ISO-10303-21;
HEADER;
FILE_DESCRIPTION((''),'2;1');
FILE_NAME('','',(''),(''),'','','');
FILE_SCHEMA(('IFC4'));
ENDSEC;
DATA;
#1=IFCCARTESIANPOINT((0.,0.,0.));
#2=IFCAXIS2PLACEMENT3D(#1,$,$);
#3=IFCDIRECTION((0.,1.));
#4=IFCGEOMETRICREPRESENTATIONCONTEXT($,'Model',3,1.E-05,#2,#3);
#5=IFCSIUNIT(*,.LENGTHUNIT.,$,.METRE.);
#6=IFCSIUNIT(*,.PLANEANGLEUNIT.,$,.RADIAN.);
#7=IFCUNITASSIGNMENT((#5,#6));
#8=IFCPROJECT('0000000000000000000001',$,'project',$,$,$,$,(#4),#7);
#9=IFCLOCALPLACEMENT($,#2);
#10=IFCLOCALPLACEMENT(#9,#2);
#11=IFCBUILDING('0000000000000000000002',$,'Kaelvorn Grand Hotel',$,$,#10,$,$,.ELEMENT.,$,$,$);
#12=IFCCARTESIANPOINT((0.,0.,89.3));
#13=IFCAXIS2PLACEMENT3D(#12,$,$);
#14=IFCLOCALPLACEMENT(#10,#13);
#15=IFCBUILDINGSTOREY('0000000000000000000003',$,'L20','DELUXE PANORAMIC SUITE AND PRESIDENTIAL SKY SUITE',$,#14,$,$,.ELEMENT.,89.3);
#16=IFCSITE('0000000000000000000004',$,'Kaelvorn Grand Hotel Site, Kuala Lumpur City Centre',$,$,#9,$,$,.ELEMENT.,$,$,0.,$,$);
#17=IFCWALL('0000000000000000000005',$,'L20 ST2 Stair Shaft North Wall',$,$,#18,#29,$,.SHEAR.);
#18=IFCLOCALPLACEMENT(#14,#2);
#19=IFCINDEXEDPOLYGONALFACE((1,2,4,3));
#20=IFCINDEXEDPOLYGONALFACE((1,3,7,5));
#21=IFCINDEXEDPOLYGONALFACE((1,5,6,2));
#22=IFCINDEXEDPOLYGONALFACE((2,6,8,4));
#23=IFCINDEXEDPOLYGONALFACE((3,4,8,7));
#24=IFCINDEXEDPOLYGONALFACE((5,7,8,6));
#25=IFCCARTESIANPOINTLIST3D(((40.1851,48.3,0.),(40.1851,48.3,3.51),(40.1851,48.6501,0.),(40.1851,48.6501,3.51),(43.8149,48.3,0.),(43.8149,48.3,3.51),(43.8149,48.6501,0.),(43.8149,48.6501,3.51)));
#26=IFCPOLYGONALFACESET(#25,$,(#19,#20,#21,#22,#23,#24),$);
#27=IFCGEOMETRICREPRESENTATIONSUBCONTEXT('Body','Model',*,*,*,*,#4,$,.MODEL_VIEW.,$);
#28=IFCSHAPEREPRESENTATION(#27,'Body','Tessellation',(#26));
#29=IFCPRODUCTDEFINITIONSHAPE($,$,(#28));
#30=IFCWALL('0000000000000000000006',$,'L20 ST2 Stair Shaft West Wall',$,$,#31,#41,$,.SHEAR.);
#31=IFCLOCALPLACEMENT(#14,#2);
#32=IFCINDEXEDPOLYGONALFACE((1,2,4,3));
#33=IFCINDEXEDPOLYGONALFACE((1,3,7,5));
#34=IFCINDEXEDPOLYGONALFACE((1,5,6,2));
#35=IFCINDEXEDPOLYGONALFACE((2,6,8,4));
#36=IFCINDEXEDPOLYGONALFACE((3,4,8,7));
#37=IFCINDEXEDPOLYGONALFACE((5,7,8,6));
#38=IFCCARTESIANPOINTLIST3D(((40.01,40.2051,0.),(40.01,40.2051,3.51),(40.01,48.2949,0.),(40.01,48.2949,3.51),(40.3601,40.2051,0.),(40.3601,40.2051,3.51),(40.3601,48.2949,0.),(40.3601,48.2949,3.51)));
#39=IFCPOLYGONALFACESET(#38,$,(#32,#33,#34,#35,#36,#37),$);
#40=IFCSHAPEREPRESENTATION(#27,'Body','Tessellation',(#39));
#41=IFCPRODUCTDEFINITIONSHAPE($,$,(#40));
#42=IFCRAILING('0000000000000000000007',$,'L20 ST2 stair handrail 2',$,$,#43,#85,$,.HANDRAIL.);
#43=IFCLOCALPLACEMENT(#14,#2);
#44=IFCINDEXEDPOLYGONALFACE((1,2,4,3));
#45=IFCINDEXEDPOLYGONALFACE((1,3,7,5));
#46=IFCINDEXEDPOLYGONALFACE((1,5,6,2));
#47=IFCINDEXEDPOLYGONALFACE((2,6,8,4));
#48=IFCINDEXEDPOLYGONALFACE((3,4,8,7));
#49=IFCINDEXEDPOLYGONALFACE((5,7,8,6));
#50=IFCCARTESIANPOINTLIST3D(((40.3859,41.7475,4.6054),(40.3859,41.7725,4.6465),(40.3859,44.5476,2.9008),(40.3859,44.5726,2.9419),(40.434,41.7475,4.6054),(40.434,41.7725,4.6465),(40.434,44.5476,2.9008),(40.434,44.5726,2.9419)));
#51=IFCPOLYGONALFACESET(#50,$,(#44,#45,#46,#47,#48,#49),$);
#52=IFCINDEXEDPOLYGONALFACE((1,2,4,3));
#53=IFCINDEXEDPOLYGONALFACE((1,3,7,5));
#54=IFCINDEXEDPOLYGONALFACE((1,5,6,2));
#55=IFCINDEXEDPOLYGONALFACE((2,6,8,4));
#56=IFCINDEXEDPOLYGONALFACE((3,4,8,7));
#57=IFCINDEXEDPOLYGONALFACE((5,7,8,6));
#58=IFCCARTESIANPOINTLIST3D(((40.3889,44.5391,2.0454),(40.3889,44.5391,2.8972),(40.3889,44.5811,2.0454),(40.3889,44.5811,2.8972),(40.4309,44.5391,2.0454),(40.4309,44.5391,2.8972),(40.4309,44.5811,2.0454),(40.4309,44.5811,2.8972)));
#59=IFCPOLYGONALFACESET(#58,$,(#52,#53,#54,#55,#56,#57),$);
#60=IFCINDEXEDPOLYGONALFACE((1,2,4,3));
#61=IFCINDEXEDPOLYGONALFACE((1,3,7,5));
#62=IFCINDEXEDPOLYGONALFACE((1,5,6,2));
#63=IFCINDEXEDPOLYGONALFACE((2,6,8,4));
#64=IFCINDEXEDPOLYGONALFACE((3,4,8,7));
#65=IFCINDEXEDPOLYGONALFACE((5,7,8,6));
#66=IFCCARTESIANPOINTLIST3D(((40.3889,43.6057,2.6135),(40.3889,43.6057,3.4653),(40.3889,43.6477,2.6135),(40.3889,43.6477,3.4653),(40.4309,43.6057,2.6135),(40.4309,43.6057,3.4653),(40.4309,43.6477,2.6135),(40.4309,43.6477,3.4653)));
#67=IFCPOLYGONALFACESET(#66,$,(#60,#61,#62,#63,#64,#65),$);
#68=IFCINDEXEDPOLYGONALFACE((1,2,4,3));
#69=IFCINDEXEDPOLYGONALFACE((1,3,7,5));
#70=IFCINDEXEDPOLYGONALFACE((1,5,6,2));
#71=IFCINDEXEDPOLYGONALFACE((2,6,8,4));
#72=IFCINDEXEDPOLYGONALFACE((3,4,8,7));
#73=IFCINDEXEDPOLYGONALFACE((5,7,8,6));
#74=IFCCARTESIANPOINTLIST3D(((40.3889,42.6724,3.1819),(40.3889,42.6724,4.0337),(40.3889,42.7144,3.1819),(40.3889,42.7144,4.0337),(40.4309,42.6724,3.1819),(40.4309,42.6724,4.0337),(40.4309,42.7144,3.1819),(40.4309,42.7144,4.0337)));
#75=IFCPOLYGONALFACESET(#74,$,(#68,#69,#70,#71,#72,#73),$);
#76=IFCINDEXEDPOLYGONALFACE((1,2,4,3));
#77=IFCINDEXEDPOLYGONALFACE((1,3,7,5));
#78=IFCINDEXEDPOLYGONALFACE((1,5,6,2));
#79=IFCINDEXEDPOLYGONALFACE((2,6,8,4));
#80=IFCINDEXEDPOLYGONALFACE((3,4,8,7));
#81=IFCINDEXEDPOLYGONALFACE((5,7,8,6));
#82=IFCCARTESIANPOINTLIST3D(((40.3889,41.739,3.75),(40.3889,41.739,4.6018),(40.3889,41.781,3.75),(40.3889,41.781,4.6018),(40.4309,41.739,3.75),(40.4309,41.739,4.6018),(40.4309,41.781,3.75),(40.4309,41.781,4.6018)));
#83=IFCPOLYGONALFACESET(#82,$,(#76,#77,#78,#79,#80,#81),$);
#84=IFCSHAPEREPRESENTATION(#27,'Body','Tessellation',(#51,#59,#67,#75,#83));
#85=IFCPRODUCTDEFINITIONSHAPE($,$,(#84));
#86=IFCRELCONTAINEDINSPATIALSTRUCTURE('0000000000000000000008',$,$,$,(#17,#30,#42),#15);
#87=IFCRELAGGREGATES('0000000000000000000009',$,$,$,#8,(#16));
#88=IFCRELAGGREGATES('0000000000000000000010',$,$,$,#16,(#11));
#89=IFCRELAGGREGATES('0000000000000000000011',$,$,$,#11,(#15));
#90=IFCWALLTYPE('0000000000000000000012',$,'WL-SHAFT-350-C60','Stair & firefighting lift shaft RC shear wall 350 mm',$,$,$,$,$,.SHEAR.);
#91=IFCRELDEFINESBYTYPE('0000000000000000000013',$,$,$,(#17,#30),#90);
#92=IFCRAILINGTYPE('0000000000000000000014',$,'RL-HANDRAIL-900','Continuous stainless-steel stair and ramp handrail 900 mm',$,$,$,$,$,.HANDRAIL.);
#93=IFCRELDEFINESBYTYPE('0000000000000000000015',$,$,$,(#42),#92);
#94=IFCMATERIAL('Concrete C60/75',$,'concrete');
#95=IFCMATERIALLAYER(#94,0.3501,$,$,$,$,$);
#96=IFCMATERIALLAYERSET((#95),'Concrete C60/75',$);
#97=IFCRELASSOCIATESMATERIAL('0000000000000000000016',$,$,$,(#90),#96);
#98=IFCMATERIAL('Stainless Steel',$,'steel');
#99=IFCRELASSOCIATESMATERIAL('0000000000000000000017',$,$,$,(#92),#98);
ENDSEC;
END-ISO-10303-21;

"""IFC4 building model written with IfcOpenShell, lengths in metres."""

from ifc_helpers import new_model, si_unit, direction, frame, frame_2d, origin, origin_2d, place, context, subcontext, project, spatial, rectangle, extrude, material, layer, layer_set, type_object, element, save


model = new_model("IFC4")

# Units and contexts
model_context = context("Model", 3, precision=1e-05, world=origin(), true_north=direction((0.0, 1.0)))
body_context = subcontext(model_context, "Body", "Model", "MODEL_VIEW")
ifc_project = project(units=[si_unit("LENGTHUNIT", "METRE"), si_unit("PLANEANGLEUNIT", "RADIAN")], contexts=[model_context])

# Site, building, storey
site_placement = place(None, origin())
site = spatial("IfcSite", under=ifc_project, at=site_placement, Name="Kaelvorn Grand Hotel Site, Kuala Lumpur City Centre", CompositionType="ELEMENT", RefElevation=0.0)
building_placement = place(site_placement, origin())
building = spatial("IfcBuilding", under=site, at=building_placement, Name="Kaelvorn Grand Hotel", CompositionType="ELEMENT")
storey_placement = place(building_placement, frame((0.0, 0.0, 89.3)))
storey = spatial("IfcBuildingStorey", under=building, at=storey_placement, Name="L20", Description="DELUXE PANORAMIC SUITE AND PRESIDENTIAL SKY SUITE", CompositionType="ELEMENT", Elevation=89.3)

# Shared definitions
ifc_material_1 = material(Name="Concrete C60/75", Category="concrete")

# Shared definitions
ifc_layer_1 = layer(ifc_material_1, 0.3501)
ifc_layer_set_1 = layer_set([ifc_layer_1], Name="Concrete C60/75")
wall_type_1 = type_object("IfcWallType", Name="WL-SHAFT-350-C60", Description="Stair & firefighting lift shaft RC shear wall 350 mm", PredefinedType="SHEAR", material=ifc_layer_set_1)

# Walls
wall_1_placement = place(storey_placement, frame((40.1851, 48.4751, 0.0), z_axis=(0.0, 0.0, 1.0), x_axis=(1.0, 0.0, 0.0)))
element("IfcWall", 1, at=wall_1_placement, inside=storey, type_object=wall_type_1, Name="L20 ST2 Stair Shaft North Wall", PredefinedType="SHEAR", context=body_context, shape_type="SweptSolid", body=[
    extrude(rectangle(XDim=3.6299, YDim=0.3501, at=frame_2d((1.8149, 0.0))), origin(), (0.0, 0.0, 1.0), 3.51),
])
wall_2_placement = place(storey_placement, frame((40.1851, 40.2051, 0.0), z_axis=(0.0, 0.0, 1.0), x_axis=(0.0, 1.0, 0.0)))
element("IfcWall", 2, at=wall_2_placement, inside=storey, type_object=wall_type_1, Name="L20 ST2 Stair Shaft West Wall", PredefinedType="SHEAR", context=body_context, shape_type="SweptSolid", body=[
    extrude(rectangle(XDim=8.0898, YDim=0.3501, at=frame_2d((4.0449, 0.0))), origin(), (0.0, 0.0, 1.0), 3.51),
])

# Railing
ifc_material_2 = material(Name="Stainless Steel", Category="steel")
railing_type = type_object("IfcRailingType", Name="RL-HANDRAIL-900", Description="Continuous stainless-steel stair and ramp handrail 900 mm", PredefinedType="HANDRAIL", material=ifc_material_2)
railing_placement = place(storey_placement, frame((40.4099, 44.5601, 2.0454)))
element("IfcRailing", 3, at=railing_placement, inside=storey, type_object=railing_type, Name="L20 ST2 stair handrail 2", PredefinedType="HANDRAIL", context=body_context, shape_type="SweptSolid", body=[
    extrude(rectangle(XDim=0.0481, YDim=0.0481, at=origin_2d()), frame((0.0, 0.0, 0.876), z_axis=(0.0, -0.85417, 0.519994), x_axis=(1.0, 0.0, 0.0)), (0.0, 0.0, 1.0), 3.2781),
    extrude(rectangle(XDim=0.042, YDim=0.042, at=origin_2d()), origin(), (0.0, 0.0, 1.0), 0.8518),
    extrude(rectangle(XDim=0.042, YDim=0.042, at=origin_2d()), frame((0.0, -0.9333, 0.5681)), (0.0, 0.0, 1.0), 0.8518),
    extrude(rectangle(XDim=0.042, YDim=0.042, at=origin_2d()), frame((0.0, -1.8667, 1.1365)), (0.0, 0.0, 1.0), 0.8518),
    extrude(rectangle(XDim=0.042, YDim=0.042, at=origin_2d()), frame((0.0, -2.8, 1.7046)), (0.0, 0.0, 1.0), 0.8518),
])

save(model, "model.ifc")
